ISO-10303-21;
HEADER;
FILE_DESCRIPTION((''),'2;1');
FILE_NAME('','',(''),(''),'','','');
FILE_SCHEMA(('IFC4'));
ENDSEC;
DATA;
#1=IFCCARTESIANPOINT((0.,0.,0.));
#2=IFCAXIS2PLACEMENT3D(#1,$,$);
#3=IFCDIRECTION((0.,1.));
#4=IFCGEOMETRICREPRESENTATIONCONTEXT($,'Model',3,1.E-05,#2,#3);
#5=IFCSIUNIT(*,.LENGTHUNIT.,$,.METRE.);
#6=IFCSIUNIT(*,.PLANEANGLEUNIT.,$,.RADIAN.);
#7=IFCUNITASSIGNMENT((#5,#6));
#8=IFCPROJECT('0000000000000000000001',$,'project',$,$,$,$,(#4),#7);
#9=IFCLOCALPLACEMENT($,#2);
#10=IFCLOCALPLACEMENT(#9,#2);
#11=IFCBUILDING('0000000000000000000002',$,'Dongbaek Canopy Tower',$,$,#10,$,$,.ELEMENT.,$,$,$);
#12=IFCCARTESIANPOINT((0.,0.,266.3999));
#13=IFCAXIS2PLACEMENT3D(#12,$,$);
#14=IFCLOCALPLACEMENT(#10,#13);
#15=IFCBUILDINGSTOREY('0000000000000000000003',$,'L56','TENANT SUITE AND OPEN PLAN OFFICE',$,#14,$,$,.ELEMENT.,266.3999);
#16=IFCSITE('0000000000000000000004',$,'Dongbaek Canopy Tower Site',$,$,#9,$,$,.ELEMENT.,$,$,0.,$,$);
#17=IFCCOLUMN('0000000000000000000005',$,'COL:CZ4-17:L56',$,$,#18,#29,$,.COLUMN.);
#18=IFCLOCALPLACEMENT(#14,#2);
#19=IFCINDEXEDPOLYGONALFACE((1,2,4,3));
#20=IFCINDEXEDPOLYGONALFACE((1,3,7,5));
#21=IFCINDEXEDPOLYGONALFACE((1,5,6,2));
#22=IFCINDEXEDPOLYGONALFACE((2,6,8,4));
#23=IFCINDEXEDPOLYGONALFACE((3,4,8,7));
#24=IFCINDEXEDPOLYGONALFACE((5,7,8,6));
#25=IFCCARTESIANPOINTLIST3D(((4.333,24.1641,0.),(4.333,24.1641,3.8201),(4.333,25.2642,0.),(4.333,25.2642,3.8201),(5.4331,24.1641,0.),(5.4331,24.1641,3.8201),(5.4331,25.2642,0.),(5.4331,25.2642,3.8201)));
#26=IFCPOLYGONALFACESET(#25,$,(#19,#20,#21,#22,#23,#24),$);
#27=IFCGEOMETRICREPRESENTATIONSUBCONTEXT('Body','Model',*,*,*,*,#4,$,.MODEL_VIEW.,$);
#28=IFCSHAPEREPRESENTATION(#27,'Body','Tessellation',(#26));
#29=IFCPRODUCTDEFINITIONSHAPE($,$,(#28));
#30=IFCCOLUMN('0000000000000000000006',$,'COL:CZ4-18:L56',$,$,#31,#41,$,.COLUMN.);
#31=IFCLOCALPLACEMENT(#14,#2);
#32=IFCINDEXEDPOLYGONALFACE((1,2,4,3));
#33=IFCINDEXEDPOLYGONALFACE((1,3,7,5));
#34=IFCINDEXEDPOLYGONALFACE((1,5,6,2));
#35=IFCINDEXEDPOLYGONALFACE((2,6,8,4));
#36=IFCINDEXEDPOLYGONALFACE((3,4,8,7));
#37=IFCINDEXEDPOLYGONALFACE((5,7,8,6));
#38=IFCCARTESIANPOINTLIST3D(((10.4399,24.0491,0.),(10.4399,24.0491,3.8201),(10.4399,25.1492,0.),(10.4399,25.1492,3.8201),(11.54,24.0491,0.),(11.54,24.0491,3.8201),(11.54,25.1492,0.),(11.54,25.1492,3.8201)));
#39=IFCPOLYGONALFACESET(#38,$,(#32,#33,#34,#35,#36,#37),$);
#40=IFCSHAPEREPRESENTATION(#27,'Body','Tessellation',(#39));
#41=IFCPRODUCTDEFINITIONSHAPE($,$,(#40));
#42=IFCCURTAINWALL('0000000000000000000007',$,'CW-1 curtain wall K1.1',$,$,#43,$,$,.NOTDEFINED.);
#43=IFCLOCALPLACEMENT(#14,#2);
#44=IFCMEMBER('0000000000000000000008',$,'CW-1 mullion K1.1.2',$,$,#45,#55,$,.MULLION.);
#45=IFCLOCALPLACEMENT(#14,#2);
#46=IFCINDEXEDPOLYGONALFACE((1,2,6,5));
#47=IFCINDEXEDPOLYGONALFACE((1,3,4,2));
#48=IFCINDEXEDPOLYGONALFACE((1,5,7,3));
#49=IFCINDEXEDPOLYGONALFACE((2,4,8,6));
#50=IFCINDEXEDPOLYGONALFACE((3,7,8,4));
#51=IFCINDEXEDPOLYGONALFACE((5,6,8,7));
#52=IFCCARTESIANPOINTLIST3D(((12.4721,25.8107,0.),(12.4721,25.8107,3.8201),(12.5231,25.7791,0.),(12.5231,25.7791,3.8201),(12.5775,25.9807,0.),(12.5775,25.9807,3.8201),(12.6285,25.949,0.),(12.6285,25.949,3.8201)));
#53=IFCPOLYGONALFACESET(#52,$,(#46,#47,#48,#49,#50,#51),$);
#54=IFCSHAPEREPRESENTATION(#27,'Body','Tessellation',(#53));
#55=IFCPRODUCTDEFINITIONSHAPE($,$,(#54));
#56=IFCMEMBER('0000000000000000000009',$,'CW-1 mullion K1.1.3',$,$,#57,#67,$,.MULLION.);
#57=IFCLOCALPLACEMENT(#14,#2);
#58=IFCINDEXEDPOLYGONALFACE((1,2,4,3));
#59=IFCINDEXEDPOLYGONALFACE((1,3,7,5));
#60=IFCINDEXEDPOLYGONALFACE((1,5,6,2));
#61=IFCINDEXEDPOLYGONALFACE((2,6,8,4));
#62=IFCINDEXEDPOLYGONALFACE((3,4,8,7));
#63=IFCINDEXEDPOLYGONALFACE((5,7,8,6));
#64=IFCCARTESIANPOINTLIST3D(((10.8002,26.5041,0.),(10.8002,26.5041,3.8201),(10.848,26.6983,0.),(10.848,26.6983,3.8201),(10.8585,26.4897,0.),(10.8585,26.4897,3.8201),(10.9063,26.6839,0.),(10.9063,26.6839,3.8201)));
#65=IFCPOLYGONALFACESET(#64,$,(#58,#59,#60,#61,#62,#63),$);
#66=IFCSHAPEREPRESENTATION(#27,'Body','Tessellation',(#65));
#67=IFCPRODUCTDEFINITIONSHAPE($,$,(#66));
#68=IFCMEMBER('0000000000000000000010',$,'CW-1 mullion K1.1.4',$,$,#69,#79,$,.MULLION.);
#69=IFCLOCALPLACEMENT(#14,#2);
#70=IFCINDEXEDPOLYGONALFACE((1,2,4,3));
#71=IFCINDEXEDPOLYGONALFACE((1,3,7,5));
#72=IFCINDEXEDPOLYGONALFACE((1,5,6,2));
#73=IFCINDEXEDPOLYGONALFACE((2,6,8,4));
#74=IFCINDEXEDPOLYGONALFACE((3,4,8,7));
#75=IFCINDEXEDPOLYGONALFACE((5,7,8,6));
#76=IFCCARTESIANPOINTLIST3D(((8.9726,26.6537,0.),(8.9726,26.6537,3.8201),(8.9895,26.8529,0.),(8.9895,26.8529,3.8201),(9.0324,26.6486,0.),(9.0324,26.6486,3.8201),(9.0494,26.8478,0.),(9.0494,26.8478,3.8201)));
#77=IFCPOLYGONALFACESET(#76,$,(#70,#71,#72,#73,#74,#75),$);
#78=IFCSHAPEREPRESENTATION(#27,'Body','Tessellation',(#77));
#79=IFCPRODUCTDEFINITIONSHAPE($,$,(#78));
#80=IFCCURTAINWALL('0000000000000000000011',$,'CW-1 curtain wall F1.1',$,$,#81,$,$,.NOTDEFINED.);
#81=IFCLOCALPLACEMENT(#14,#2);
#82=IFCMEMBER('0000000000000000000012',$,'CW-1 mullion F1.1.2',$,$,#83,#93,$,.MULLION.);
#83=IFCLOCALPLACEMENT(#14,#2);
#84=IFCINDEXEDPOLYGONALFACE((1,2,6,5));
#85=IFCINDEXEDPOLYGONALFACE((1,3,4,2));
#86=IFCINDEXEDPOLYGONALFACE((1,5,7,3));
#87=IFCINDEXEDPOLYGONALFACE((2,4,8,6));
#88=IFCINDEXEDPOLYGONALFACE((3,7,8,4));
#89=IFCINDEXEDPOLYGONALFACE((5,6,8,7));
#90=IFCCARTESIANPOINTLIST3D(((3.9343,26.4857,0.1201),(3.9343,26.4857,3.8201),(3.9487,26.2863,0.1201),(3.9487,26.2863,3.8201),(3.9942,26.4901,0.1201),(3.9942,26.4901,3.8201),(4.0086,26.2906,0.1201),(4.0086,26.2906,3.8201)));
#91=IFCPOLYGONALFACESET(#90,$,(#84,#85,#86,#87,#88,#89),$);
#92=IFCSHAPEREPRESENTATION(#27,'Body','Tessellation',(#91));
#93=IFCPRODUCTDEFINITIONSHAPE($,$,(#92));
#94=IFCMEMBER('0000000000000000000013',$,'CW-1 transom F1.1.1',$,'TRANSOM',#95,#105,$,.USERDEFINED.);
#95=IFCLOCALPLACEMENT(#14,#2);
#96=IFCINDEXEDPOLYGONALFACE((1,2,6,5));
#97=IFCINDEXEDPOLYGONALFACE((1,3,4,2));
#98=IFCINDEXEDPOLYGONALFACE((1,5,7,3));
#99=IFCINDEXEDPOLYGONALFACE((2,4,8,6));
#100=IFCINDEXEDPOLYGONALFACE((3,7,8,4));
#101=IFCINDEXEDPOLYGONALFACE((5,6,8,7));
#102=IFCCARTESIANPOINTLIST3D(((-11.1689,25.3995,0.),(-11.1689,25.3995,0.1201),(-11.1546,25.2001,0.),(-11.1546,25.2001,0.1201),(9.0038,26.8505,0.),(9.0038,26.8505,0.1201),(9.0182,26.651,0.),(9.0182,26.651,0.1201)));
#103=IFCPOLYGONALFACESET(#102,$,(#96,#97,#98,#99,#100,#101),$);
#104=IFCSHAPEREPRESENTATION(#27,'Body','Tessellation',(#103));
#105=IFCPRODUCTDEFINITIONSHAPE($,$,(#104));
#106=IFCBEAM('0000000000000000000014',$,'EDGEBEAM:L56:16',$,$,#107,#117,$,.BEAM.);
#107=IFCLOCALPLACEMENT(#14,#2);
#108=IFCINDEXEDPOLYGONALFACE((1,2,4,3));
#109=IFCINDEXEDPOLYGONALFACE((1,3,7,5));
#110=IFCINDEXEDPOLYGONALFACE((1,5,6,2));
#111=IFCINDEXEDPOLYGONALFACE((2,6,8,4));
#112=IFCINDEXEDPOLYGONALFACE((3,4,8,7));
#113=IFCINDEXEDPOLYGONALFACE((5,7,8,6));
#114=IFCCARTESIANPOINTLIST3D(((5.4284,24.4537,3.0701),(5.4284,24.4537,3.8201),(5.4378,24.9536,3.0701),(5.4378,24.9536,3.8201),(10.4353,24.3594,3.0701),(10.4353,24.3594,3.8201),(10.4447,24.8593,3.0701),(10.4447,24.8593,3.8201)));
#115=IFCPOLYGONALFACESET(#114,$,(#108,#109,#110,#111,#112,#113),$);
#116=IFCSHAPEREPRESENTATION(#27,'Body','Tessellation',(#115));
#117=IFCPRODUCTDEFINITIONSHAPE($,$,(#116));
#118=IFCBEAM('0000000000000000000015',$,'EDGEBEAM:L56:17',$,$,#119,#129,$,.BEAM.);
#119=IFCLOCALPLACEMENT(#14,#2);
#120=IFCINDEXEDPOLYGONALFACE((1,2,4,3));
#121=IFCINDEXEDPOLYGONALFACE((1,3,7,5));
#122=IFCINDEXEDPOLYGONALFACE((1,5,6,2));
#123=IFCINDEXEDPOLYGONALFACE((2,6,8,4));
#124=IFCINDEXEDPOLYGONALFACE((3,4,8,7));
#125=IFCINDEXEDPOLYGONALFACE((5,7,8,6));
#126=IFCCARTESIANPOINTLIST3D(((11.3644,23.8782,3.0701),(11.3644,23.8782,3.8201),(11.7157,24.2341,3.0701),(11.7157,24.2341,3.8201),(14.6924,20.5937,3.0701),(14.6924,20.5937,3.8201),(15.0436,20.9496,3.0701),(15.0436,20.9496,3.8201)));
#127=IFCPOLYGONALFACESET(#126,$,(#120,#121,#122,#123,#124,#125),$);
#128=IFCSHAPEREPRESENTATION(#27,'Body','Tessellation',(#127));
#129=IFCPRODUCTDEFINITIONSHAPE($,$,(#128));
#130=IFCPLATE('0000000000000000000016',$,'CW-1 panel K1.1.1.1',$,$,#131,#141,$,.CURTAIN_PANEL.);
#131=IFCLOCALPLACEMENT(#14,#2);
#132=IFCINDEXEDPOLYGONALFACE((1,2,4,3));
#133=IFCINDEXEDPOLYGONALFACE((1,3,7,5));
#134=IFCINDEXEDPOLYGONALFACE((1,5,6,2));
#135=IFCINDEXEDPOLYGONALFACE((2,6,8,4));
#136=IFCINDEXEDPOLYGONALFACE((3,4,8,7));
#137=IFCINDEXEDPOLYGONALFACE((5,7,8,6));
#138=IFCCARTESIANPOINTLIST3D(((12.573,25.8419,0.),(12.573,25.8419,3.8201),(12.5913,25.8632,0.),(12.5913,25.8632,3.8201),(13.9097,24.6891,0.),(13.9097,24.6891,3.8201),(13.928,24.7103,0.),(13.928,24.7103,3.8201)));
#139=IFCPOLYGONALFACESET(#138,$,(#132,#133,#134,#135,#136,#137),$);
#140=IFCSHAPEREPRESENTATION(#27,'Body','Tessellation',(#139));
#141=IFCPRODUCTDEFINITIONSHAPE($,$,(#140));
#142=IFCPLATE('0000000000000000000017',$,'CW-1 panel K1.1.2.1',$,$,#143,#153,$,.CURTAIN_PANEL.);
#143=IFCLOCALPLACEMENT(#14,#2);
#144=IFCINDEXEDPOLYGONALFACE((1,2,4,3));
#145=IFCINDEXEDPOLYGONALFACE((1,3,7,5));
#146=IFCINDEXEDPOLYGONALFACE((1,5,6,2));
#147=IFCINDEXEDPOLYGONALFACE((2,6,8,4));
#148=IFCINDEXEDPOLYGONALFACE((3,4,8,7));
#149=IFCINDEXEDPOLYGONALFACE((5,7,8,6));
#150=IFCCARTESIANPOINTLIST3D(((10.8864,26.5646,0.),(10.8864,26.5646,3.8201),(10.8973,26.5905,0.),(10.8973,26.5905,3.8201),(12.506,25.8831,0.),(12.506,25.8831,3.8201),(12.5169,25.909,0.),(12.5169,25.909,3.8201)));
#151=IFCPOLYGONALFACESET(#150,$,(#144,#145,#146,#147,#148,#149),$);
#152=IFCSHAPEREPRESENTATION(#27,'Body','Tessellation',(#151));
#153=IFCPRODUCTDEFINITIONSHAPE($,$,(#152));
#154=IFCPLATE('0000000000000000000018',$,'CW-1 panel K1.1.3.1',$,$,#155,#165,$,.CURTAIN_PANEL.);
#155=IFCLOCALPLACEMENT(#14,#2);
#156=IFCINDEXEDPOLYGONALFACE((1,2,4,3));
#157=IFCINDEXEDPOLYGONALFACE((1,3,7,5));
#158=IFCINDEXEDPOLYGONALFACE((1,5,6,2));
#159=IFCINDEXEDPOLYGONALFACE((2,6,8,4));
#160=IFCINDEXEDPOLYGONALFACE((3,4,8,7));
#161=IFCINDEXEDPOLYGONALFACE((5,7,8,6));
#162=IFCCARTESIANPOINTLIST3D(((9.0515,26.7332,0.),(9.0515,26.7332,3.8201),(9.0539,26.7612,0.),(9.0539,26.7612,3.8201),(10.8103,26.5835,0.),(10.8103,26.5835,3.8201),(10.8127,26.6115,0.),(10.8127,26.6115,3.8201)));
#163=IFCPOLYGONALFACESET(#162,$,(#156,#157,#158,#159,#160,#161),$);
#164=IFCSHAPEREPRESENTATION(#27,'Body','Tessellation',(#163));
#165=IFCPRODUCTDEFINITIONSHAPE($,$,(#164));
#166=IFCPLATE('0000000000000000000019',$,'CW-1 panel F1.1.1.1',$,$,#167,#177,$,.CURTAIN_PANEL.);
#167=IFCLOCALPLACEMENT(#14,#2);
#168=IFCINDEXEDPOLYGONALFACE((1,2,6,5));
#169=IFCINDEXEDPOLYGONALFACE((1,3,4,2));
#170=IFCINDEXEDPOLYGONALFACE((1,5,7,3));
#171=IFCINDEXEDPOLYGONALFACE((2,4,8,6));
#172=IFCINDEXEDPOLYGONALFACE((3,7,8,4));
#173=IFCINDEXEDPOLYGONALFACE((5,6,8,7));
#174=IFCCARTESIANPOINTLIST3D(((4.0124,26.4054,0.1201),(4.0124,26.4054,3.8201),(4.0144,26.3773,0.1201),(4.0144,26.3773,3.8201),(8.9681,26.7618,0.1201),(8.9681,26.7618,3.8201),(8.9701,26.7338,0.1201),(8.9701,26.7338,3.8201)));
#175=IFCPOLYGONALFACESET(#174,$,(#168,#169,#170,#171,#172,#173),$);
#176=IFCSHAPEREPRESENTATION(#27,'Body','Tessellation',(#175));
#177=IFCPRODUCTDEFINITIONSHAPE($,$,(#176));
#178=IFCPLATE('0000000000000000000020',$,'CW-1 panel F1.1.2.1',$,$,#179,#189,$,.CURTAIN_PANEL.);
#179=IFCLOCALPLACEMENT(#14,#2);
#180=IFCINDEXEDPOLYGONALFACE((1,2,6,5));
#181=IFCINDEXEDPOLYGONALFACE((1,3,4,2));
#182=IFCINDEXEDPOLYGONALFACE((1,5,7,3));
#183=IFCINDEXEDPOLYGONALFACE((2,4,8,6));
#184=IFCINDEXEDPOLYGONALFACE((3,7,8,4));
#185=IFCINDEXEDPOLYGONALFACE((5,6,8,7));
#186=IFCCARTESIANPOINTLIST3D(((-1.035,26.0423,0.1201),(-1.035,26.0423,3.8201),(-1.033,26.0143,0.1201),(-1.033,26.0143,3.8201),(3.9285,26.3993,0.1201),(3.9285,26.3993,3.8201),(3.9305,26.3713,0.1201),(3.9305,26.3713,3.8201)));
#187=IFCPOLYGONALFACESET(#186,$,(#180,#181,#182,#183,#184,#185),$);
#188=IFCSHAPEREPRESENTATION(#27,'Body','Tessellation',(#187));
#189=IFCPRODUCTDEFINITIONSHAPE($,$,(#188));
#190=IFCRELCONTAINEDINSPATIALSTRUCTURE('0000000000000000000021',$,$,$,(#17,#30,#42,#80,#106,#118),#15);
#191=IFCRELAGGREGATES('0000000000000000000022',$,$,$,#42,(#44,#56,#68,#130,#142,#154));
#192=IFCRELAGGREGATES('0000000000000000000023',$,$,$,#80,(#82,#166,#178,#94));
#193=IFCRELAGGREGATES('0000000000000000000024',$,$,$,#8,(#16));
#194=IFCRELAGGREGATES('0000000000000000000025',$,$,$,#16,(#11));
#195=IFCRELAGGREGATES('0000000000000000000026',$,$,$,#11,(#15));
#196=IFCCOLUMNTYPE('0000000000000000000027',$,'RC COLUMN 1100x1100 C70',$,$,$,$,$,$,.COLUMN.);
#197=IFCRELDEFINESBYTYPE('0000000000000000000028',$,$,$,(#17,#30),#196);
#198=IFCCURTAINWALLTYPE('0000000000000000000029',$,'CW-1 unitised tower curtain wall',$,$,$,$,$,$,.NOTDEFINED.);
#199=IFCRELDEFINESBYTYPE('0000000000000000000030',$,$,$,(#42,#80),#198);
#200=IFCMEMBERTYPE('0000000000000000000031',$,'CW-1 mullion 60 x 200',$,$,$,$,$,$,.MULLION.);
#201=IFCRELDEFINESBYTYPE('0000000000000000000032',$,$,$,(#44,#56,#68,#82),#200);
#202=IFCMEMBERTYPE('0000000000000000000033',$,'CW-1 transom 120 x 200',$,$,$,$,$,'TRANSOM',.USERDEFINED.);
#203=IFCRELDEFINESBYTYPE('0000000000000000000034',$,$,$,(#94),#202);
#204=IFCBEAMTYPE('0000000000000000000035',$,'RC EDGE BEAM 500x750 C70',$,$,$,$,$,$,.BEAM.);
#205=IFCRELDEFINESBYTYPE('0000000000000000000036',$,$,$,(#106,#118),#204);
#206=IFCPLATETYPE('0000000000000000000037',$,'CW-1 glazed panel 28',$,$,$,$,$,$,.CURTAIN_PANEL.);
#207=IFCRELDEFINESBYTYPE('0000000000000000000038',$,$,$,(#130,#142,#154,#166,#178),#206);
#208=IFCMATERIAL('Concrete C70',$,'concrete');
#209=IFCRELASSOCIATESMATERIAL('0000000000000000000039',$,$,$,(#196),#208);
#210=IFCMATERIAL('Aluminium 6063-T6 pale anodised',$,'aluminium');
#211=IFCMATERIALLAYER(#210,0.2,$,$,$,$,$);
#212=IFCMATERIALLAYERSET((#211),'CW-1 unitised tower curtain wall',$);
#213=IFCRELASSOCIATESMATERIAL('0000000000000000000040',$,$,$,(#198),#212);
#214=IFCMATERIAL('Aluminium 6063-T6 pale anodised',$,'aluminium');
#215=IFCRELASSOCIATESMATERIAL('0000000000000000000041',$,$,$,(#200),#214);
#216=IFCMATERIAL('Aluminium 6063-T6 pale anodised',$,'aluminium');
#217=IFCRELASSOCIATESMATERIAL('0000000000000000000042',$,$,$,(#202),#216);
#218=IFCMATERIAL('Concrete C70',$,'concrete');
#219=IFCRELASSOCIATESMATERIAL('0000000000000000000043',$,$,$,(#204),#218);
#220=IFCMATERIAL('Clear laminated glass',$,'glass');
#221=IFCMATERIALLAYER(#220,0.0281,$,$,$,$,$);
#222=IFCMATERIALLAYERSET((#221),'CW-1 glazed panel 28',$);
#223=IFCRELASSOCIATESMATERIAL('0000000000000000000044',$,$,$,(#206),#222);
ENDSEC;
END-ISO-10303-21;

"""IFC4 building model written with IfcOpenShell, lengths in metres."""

from ifc_helpers import new_model, si_unit, direction, frame, origin, origin_2d, place, context, subcontext, project, spatial, rectangle, extrude, material, layer, layer_set, material_profile, profile_set, type_object, element, aggregate, save


model = new_model("IFC4")

# Units and contexts
model_context = context("Model", 3, precision=1e-05, world=origin(), true_north=direction((0.0, 1.0)))
body_context = subcontext(model_context, "Body", "Model", "MODEL_VIEW")
ifc_project = project(units=[si_unit("LENGTHUNIT", "METRE"), si_unit("PLANEANGLEUNIT", "RADIAN")], contexts=[model_context])

# Site, building, storey
site_placement = place(None, origin())
site = spatial("IfcSite", under=ifc_project, at=site_placement, Name="Dongbaek Canopy Tower Site", CompositionType="ELEMENT", RefElevation=0.0)
building_placement = place(site_placement, origin())
building = spatial("IfcBuilding", under=site, at=building_placement, Name="Dongbaek Canopy Tower", CompositionType="ELEMENT")
storey_placement = place(building_placement, frame((0.0, 0.0, 266.3999)))
storey = spatial("IfcBuildingStorey", under=building, at=storey_placement, Name="L56", Description="TENANT SUITE AND OPEN PLAN OFFICE", CompositionType="ELEMENT", Elevation=266.3999)

# Columns
ifc_material_1 = material(Name="Concrete C70", Category="concrete")
ifc_material_profile_1 = material_profile(ifc_material_1, rectangle(XDim=1.1001, YDim=1.1001, at=origin_2d()), Name="RC COLUMN 1100x1100 C70")
ifc_profile_set_1 = profile_set([ifc_material_profile_1], Name="Concrete C70")
column_type = type_object("IfcColumnType", Name="RC COLUMN 1100x1100 C70", PredefinedType="COLUMN", material=ifc_profile_set_1)
for number, where, z_axis, x_axis, name in (
    (1, (4.8831, 24.7141, 0.0), (0.0, 0.0, 1.0), (1.0, 0.0, 0.0), "COL:CZ4-17:L56"),
    (2, (10.99, 24.5991, 0.0), (0.0, 0.0, 1.0), (1.0, 0.0, 0.0), "COL:CZ4-18:L56"),
):
    element("IfcColumn", number, at=place(storey_placement, frame(where, z_axis=z_axis, x_axis=x_axis)), inside=storey, type_object=column_type, Name=name, PredefinedType="COLUMN", context=body_context, shape_type="SweptSolid", body=[
        extrude(rectangle(XDim=1.1001, YDim=1.1001, at=origin_2d()), origin(), (0.0, 0.0, 1.0), 3.8201),
    ])

# Curtain walls, members
ifc_material_2 = material(Name="Aluminium 6063-T6 pale anodised", Category="aluminium")
ifc_layer_1 = layer(ifc_material_2, 0.2)
ifc_layer_set_1 = layer_set([ifc_layer_1], Name="CW-1 unitised tower curtain wall")
curtain_wall_type = type_object("IfcCurtainWallType", Name="CW-1 unitised tower curtain wall", PredefinedType="NOTDEFINED", material=ifc_layer_set_1)
curtain_wall_1_placement = place(storey_placement, origin())
curtain_wall_1 = element("IfcCurtainWall", 3, at=curtain_wall_1_placement, inside=storey, type_object=curtain_wall_type, Name="CW-1 curtain wall K1.1", PredefinedType="NOTDEFINED")
ifc_material_3 = material(Name="Aluminium 6063-T6 pale anodised", Category="aluminium")
ifc_material_profile_2 = material_profile(ifc_material_3, rectangle(XDim=0.2, YDim=0.0601, at=origin_2d()), Name="CW-1 mullion 60 x 200")
ifc_profile_set_2 = profile_set([ifc_material_profile_2], Name="Aluminium 6063-T6 pale anodised")
member_type_1 = type_object("IfcMemberType", Name="CW-1 mullion 60 x 200", PredefinedType="MULLION", material=ifc_profile_set_2)
member_1_placement = place(storey_placement, frame((12.5503, 25.8799, 0.0), z_axis=(0.0, 0.0, 1.0), x_axis=(0.526937, 0.849904, 0.0)))
member_1 = element("IfcMember", 4, at=member_1_placement, type_object=member_type_1, Name="CW-1 mullion K1.1.2", PredefinedType="MULLION", context=body_context, shape_type="SweptSolid", body=[
    extrude(rectangle(XDim=0.2, YDim=0.0601, at=origin_2d()), origin(), (0.0, 0.0, 1.0), 3.8201),
])
member_2_placement = place(storey_placement, frame((10.8533, 26.594, 0.0), z_axis=(0.0, 0.0, 1.0), x_axis=(0.23925, 0.970958, 0.0)))
member_2 = element("IfcMember", 5, at=member_2_placement, type_object=member_type_1, Name="CW-1 mullion K1.1.3", PredefinedType="MULLION", context=body_context, shape_type="SweptSolid", body=[
    extrude(rectangle(XDim=0.2, YDim=0.0601, at=origin_2d()), origin(), (0.0, 0.0, 1.0), 3.8201),
])
member_3_placement = place(storey_placement, frame((9.011, 26.7507, 0.0), z_axis=(0.0, 0.0, 1.0), x_axis=(0.084792, 0.996399, 0.0)))
member_3 = element("IfcMember", 6, at=member_3_placement, type_object=member_type_1, Name="CW-1 mullion K1.1.4", PredefinedType="MULLION", context=body_context, shape_type="SweptSolid", body=[
    extrude(rectangle(XDim=0.2, YDim=0.0601, at=origin_2d()), origin(), (0.0, 0.0, 1.0), 3.8201),
])
curtain_wall_2_placement = place(storey_placement, origin())
curtain_wall_2 = element("IfcCurtainWall", 7, at=curtain_wall_2_placement, inside=storey, type_object=curtain_wall_type, Name="CW-1 curtain wall F1.1", PredefinedType="NOTDEFINED")
member_4_placement = place(storey_placement, frame((3.9714, 26.3882, 0.1201), z_axis=(0.0, 0.0, 1.0), x_axis=(-0.071744, 0.997423, 0.0)))
member_4 = element("IfcMember", 8, at=member_4_placement, type_object=member_type_1, Name="CW-1 mullion F1.1.2", PredefinedType="MULLION", context=body_context, shape_type="SweptSolid", body=[
    extrude(rectangle(XDim=0.2, YDim=0.0601, at=origin_2d()), origin(), (0.0, 0.0, 1.0), 3.7),
])
ifc_material_4 = material(Name="Aluminium 6063-T6 pale anodised", Category="aluminium")
ifc_material_profile_3 = material_profile(ifc_material_4, rectangle(XDim=0.2, YDim=0.1201, at=origin_2d()), Name="CW-1 transom 120 x 200")
ifc_profile_set_3 = profile_set([ifc_material_profile_3], Name="Aluminium 6063-T6 pale anodised")
member_type_2 = type_object("IfcMemberType", Name="CW-1 transom 120 x 200", ElementType="TRANSOM", PredefinedType="USERDEFINED", material=ifc_profile_set_3)
member_5_placement = place(storey_placement, frame((9.011, 26.7507, 0.0601), z_axis=(-0.997423, -0.071739, 0.0), x_axis=(0.071739, -0.997423, 0.0)))
member_5 = element("IfcMember", 9, at=member_5_placement, type_object=member_type_2, Name="CW-1 transom F1.1.1", ObjectType="TRANSOM", PredefinedType="USERDEFINED", context=body_context, shape_type="SweptSolid", body=[
    extrude(rectangle(XDim=0.2, YDim=0.1201, at=origin_2d()), origin(), (0.0, 0.0, 1.0), 20.2249),
])

# Beams
ifc_material_5 = material(Name="Concrete C70", Category="concrete")
ifc_material_profile_4 = material_profile(ifc_material_5, rectangle(XDim=0.5, YDim=0.75, at=origin_2d()), Name="RC EDGE BEAM 500x750 C70")
ifc_profile_set_4 = profile_set([ifc_material_profile_4], Name="Concrete C70")
beam_type = type_object("IfcBeamType", Name="RC EDGE BEAM 500x750 C70", PredefinedType="BEAM", material=ifc_profile_set_4)
beam_1_placement = place(storey_placement, frame((5.4331, 24.7036, 3.4451), z_axis=(0.999823, -0.018819, 0.0), x_axis=(0.018819, 0.999823, 0.0)))
element("IfcBeam", 10, at=beam_1_placement, inside=storey, type_object=beam_type, Name="EDGEBEAM:L56:16", PredefinedType="BEAM", context=body_context, shape_type="SweptSolid", body=[
    extrude(rectangle(XDim=0.5, YDim=0.75, at=origin_2d()), origin(), (0.0, 0.0, 1.0), 5.0078),
])
beam_2_placement = place(storey_placement, frame((11.54, 24.0562, 3.4451), z_axis=(0.711739, -0.702444, 0.0), x_axis=(0.702444, 0.711739, 0.0)))
element("IfcBeam", 11, at=beam_2_placement, inside=storey, type_object=beam_type, Name="EDGEBEAM:L56:17", PredefinedType="BEAM", context=body_context, shape_type="SweptSolid", body=[
    extrude(rectangle(XDim=0.5, YDim=0.75, at=origin_2d()), origin(), (0.0, 0.0, 1.0), 4.6758),
])

# Plates
ifc_material_6 = material(Name="Clear laminated glass", Category="glass")
ifc_layer_2 = layer(ifc_material_6, 0.0281)
ifc_layer_set_2 = layer_set([ifc_layer_2], Name="CW-1 glazed panel 28")
plate_type = type_object("IfcPlateType", Name="CW-1 glazed panel 28", PredefinedType="CURTAIN_PANEL", material=ifc_layer_set_2)
plate_1_placement = place(storey_placement, frame((13.2505, 25.2761, 0.0), z_axis=(0.0, 0.0, 1.0), x_axis=(-0.757258, 0.653116, 0.0)))
plate_1 = element("IfcPlate", 12, at=plate_1_placement, type_object=plate_type, Name="CW-1 panel K1.1.1.1", PredefinedType="CURTAIN_PANEL", context=body_context, shape_type="SweptSolid", body=[
    extrude(rectangle(XDim=1.7651, YDim=0.0281, at=origin_2d()), origin(), (0.0, 0.0, 1.0), 3.8201),
])
plate_2_placement = place(storey_placement, frame((11.7017, 26.2368, 0.0), z_axis=(0.0, 0.0, 1.0), x_axis=(-0.921724, 0.387845, 0.0)))
plate_2 = element("IfcPlate", 13, at=plate_2_placement, type_object=plate_type, Name="CW-1 panel K1.1.2.1", PredefinedType="CURTAIN_PANEL", context=body_context, shape_type="SweptSolid", body=[
    extrude(rectangle(XDim=1.7571, YDim=0.0281, at=origin_2d()), origin(), (0.0, 0.0, 1.0), 3.8201),
])
plate_3_placement = place(storey_placement, frame((9.9321, 26.6724, 0.0), z_axis=(0.0, 0.0, 1.0), x_axis=(-0.996399, 0.084792, 0.0)))
plate_3 = element("IfcPlate", 14, at=plate_3_placement, type_object=plate_type, Name="CW-1 panel K1.1.3.1", PredefinedType="CURTAIN_PANEL", context=body_context, shape_type="SweptSolid", body=[
    extrude(rectangle(XDim=1.7651, YDim=0.0281, at=origin_2d()), origin(), (0.0, 0.0, 1.0), 3.8201),
])
aggregate(curtain_wall_1, [member_1, member_2, member_3, plate_1, plate_2, plate_3])
plate_4_placement = place(storey_placement, frame((6.4912, 26.5696, 0.1201), z_axis=(0.0, 0.0, 1.0), x_axis=(-0.997423, -0.071744, 0.0)))
plate_4 = element("IfcPlate", 15, at=plate_4_placement, type_object=plate_type, Name="CW-1 panel F1.1.1.1", PredefinedType="CURTAIN_PANEL", context=body_context, shape_type="SweptSolid", body=[
    extrude(rectangle(XDim=4.9685, YDim=0.0281, at=origin_2d()), origin(), (0.0, 0.0, 1.0), 3.7),
])
plate_5_placement = place(storey_placement, frame((1.4478, 26.2068, 0.1201), z_axis=(0.0, 0.0, 1.0), x_axis=(-0.997423, -0.071744, 0.0)))
plate_5 = element("IfcPlate", 16, at=plate_5_placement, type_object=plate_type, Name="CW-1 panel F1.1.2.1", PredefinedType="CURTAIN_PANEL", context=body_context, shape_type="SweptSolid", body=[
    extrude(rectangle(XDim=4.9763, YDim=0.0281, at=origin_2d()), origin(), (0.0, 0.0, 1.0), 3.7),
])

aggregate(curtain_wall_2, [member_4, plate_4, plate_5, member_5])

save(model, "model.ifc")
